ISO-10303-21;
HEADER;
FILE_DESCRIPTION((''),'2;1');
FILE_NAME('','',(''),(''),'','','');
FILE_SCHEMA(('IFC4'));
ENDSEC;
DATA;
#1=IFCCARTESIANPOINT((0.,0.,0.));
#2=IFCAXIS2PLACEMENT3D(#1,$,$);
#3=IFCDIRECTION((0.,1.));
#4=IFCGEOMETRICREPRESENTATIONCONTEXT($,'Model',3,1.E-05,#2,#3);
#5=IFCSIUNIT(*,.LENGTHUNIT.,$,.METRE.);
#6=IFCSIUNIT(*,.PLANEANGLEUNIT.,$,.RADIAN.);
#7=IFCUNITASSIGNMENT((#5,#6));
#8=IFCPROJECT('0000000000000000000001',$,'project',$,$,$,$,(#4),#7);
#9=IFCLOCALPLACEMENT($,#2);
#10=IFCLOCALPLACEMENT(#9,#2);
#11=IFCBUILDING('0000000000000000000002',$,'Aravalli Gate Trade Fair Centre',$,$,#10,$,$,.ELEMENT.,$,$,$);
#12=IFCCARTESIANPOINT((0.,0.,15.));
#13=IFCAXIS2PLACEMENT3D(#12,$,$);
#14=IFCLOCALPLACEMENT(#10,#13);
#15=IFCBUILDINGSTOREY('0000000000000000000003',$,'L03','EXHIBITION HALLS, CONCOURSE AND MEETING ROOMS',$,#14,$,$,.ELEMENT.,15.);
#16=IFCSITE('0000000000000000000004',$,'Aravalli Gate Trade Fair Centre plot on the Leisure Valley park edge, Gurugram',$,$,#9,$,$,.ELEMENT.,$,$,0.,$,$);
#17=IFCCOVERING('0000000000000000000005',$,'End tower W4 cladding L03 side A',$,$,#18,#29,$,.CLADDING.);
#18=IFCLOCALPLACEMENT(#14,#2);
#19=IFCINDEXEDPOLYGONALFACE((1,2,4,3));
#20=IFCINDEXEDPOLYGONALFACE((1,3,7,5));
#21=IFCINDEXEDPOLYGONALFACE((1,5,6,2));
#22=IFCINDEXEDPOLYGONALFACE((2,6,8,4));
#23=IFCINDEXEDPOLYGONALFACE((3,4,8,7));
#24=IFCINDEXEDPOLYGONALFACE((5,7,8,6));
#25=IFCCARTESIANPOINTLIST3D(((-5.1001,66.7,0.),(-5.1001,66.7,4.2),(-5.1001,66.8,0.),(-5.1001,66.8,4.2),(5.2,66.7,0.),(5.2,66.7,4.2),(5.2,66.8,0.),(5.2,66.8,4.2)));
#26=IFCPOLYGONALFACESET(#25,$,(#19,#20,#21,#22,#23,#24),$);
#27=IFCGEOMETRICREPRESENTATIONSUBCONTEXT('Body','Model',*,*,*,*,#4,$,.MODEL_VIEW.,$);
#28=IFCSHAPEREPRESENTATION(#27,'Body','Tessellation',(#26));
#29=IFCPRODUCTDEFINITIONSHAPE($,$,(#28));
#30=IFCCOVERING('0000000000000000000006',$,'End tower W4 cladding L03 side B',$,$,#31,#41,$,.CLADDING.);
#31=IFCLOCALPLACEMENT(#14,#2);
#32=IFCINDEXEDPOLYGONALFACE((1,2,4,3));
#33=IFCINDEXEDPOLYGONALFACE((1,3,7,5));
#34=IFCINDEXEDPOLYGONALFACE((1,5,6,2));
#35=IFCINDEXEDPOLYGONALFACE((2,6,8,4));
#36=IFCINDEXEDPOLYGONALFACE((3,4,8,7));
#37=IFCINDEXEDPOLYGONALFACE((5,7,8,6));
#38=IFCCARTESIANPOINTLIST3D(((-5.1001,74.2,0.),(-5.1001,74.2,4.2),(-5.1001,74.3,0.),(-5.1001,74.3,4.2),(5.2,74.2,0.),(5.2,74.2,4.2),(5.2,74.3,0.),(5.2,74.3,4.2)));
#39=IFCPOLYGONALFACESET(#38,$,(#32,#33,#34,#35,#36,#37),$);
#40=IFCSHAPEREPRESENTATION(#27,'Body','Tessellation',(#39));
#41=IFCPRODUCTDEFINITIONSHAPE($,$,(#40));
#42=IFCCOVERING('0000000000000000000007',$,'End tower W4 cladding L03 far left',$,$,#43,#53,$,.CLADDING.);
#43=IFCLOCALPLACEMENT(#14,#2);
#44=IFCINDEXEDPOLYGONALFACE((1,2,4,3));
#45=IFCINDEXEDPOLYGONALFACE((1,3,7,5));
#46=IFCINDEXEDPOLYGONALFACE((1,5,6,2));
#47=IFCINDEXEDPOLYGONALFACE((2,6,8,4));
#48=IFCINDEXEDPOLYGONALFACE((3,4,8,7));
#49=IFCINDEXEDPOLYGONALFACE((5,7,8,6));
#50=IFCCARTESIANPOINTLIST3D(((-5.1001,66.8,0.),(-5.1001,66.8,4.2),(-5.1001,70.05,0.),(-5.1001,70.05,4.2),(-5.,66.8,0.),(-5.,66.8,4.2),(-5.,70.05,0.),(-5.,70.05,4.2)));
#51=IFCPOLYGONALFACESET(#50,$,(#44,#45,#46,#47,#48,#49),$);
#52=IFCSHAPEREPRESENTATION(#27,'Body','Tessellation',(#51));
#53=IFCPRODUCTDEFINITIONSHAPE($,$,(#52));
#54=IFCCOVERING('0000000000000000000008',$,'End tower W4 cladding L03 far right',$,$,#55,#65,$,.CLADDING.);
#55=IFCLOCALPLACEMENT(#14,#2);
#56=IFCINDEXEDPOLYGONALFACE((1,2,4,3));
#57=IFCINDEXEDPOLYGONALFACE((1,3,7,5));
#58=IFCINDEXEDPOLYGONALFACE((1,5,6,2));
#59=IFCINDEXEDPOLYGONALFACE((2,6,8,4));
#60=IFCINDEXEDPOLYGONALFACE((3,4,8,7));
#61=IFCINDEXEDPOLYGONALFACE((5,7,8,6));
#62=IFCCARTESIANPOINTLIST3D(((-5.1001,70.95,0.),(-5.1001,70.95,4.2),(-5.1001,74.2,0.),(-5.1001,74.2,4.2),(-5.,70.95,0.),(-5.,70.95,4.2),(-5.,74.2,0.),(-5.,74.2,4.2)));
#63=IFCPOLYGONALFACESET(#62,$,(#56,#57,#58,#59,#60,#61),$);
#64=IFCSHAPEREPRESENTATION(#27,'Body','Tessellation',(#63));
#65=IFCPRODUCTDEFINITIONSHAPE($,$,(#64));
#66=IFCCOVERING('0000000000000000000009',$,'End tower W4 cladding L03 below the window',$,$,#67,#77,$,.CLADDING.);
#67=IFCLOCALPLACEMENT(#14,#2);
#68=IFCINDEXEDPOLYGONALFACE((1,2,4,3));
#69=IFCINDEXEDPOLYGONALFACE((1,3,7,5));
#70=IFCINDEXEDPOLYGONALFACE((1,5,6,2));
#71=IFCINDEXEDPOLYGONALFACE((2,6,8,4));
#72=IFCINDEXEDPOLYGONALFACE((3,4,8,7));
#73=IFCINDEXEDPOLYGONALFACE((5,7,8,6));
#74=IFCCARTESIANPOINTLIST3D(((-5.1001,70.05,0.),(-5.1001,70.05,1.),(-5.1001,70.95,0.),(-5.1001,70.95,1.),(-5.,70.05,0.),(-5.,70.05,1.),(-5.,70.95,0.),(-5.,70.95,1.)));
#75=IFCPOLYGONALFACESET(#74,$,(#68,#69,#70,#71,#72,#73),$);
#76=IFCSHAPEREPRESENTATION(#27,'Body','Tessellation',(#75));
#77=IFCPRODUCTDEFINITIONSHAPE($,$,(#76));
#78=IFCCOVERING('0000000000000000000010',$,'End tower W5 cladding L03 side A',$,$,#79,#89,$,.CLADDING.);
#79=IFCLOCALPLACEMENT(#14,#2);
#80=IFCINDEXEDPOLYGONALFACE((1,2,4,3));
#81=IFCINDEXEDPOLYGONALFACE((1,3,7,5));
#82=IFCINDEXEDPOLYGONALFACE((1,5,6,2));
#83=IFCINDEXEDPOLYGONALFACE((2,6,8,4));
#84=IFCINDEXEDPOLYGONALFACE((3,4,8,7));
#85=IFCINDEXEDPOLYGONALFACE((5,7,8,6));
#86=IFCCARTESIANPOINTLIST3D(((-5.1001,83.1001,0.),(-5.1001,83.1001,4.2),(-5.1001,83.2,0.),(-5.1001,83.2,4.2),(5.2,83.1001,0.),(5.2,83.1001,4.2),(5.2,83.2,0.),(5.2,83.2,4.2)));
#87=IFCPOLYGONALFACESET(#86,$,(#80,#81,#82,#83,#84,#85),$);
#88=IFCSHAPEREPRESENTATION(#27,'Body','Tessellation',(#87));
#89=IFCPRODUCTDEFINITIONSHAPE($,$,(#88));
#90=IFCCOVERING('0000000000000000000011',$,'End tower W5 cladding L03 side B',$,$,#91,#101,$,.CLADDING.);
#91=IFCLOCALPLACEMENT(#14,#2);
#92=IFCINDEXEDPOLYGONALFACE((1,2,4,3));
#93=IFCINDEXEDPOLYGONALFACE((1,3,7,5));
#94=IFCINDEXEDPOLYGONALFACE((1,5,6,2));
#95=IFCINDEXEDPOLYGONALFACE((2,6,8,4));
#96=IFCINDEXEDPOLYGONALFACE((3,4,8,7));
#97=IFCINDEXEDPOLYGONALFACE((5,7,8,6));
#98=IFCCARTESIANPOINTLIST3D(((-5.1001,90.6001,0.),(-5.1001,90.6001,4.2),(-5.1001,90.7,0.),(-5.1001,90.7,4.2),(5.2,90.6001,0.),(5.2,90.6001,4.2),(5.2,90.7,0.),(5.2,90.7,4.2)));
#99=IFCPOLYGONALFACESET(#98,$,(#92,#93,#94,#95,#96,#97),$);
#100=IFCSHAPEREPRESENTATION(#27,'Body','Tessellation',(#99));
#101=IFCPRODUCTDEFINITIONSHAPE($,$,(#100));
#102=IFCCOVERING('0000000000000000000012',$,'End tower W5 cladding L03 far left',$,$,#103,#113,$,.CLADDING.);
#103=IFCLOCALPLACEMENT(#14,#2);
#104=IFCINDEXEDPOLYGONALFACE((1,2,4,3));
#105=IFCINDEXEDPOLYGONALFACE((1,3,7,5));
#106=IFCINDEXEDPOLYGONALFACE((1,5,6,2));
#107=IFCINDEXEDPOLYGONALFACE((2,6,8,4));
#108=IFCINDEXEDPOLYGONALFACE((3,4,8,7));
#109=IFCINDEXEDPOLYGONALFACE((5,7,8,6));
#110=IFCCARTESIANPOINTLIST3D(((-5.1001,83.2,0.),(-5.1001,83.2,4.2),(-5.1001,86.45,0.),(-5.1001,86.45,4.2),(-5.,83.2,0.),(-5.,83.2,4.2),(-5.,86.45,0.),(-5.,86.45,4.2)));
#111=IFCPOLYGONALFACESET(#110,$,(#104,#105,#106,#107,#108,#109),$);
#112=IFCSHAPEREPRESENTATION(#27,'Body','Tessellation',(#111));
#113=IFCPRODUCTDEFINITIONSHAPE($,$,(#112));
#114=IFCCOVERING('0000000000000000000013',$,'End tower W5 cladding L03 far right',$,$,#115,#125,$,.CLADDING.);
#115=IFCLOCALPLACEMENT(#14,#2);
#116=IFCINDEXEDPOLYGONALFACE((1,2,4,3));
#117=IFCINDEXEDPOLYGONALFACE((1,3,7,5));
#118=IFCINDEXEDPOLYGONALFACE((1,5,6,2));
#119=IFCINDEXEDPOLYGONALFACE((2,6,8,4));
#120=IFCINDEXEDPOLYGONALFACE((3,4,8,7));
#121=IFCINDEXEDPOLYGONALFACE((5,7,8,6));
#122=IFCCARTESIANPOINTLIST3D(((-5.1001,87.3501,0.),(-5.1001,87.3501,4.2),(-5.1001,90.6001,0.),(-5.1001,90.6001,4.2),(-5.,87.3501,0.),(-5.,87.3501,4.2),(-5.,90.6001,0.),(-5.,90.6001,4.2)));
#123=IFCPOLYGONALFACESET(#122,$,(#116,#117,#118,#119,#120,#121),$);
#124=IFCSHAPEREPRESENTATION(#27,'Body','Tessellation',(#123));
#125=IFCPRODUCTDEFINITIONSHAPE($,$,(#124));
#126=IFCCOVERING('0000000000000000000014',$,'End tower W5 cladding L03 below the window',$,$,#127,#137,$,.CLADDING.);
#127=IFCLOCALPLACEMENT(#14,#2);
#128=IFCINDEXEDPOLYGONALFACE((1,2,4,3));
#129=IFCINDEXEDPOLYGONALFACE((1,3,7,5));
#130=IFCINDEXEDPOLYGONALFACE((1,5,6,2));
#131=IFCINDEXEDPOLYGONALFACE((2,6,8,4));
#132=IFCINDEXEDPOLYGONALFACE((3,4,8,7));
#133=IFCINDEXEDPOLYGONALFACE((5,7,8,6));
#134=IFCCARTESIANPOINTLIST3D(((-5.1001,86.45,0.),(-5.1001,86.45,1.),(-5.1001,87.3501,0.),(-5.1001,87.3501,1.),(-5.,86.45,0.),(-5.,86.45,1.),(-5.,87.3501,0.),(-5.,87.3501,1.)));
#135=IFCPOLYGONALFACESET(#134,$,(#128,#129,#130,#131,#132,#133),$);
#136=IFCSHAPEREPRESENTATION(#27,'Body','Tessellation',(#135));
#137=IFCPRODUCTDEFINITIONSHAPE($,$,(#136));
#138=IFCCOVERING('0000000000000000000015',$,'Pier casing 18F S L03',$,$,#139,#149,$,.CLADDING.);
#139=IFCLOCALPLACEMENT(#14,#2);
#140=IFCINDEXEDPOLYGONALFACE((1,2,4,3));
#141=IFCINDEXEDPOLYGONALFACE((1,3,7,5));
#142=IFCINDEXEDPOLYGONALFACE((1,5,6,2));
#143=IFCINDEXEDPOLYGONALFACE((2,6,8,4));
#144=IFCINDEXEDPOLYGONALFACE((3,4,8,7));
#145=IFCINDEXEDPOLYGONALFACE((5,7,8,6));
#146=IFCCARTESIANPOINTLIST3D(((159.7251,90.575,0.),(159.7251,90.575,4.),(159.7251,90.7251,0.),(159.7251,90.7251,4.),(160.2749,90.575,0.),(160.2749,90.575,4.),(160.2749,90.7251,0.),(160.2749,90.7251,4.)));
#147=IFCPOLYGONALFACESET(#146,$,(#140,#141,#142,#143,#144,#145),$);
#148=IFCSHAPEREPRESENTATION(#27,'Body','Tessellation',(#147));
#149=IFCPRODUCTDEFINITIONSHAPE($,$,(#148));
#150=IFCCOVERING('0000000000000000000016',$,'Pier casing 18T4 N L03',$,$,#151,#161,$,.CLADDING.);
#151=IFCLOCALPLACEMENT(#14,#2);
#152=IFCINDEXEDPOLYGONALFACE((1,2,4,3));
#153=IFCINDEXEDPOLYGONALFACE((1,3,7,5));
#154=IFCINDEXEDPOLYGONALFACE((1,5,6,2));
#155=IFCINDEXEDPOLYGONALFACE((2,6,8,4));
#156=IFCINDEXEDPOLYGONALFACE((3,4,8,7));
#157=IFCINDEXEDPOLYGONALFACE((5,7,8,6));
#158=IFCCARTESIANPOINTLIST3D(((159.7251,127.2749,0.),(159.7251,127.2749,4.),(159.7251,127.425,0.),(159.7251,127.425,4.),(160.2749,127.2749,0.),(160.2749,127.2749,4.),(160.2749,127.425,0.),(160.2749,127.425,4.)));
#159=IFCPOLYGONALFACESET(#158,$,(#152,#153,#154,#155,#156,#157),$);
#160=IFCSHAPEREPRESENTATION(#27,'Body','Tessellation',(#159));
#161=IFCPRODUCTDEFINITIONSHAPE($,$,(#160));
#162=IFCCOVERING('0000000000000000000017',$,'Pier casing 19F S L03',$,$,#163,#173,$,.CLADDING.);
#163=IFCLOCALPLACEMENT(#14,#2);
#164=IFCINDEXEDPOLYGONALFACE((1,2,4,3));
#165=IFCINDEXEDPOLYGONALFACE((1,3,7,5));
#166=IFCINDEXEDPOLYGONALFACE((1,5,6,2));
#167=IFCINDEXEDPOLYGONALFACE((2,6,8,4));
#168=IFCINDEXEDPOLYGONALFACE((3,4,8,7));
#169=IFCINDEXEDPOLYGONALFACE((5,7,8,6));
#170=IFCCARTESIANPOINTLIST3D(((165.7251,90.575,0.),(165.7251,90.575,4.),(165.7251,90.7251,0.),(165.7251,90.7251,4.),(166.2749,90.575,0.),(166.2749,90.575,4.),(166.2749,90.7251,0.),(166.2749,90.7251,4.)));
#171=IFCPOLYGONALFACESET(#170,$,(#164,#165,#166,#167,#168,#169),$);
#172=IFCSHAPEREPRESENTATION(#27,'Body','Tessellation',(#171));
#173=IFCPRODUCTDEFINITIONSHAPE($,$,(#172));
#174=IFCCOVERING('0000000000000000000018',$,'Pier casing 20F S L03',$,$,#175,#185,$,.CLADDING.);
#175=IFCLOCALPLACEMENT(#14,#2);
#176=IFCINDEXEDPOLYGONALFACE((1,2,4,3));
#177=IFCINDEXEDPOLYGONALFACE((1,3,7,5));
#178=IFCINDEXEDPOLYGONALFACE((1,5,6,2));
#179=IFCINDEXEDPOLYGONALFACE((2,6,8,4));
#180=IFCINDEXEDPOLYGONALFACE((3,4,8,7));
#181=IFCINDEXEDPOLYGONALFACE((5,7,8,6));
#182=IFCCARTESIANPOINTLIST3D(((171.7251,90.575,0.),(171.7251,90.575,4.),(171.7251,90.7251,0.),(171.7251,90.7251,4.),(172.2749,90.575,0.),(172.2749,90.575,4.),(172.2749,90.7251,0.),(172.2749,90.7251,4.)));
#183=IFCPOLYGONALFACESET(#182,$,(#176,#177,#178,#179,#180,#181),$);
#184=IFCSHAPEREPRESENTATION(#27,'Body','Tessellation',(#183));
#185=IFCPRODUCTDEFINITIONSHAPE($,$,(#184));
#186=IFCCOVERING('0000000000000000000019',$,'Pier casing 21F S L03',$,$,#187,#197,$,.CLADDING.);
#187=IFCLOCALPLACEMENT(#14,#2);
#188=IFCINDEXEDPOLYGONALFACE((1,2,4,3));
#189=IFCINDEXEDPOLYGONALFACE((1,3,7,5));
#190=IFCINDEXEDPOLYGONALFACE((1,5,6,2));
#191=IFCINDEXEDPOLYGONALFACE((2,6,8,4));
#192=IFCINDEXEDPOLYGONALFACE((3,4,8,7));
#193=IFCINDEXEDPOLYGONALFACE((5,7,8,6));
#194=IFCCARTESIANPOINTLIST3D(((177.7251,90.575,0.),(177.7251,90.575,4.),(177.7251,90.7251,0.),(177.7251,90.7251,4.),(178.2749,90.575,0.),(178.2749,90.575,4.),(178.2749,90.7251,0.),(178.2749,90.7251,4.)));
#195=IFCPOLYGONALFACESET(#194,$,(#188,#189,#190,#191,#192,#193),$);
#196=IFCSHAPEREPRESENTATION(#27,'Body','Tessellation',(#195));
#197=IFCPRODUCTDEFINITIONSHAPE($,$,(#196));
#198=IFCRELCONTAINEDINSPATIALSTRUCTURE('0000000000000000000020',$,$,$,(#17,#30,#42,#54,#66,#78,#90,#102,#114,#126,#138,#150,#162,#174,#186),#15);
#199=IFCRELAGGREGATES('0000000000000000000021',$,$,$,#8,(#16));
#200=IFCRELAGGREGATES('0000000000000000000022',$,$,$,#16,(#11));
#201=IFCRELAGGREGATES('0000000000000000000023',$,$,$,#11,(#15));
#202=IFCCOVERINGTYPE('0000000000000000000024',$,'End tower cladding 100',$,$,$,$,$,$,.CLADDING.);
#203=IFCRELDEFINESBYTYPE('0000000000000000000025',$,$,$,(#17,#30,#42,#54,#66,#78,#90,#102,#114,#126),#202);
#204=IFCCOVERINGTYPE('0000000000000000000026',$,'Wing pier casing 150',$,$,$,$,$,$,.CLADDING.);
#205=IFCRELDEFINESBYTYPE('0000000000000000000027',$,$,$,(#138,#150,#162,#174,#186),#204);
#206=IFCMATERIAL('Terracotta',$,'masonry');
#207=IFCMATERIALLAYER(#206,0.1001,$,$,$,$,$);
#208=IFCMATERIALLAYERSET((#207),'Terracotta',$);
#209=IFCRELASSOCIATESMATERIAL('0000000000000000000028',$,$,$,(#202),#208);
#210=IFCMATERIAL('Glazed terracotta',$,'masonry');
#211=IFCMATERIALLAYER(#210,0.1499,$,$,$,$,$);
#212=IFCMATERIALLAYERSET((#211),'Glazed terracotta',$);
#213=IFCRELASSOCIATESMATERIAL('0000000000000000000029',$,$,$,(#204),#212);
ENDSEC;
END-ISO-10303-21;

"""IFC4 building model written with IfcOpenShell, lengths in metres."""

from ifc_helpers import new_model, si_unit, direction, frame, origin, place, context, subcontext, project, spatial, polyline, outline, extrude, material, layer, layer_set, type_object, element, save


model = new_model("IFC4")

# Units and contexts
model_context = context("Model", 3, precision=1e-05, world=origin(), true_north=direction((0.0, 1.0)))
body_context = subcontext(model_context, "Body", "Model", "MODEL_VIEW")
ifc_project = project(units=[si_unit("LENGTHUNIT", "METRE"), si_unit("PLANEANGLEUNIT", "RADIAN")], contexts=[model_context])

# Site, building, storey
site_placement = place(None, origin())
site = spatial("IfcSite", under=ifc_project, at=site_placement, Name="Aravalli Gate Trade Fair Centre plot on the Leisure Valley park edge, Gurugram", CompositionType="ELEMENT", RefElevation=0.0)
building_placement = place(site_placement, origin())
building = spatial("IfcBuilding", under=site, at=building_placement, Name="Aravalli Gate Trade Fair Centre", CompositionType="ELEMENT")
storey_placement = place(building_placement, frame((0.0, 0.0, 15.0)))
storey = spatial("IfcBuildingStorey", under=building, at=storey_placement, Name="L03", Description="EXHIBITION HALLS, CONCOURSE AND MEETING ROOMS", CompositionType="ELEMENT", Elevation=15.0)

# Coverings
ifc_material_1 = material(Name="Terracotta", Category="masonry")
ifc_layer_1 = layer(ifc_material_1, 0.1001)
ifc_layer_set_1 = layer_set([ifc_layer_1], Name="Terracotta")
covering_type_1 = type_object("IfcCoveringType", Name="End tower cladding 100", PredefinedType="CLADDING", material=ifc_layer_set_1)
covering_1_placement = place(storey_placement, origin())
element("IfcCovering", 1, at=covering_1_placement, inside=storey, type_object=covering_type_1, Name="End tower W4 cladding L03 side A", PredefinedType="CLADDING", context=body_context, shape_type="SweptSolid", body=[
    extrude(outline(polyline([(5.2, 66.7), (-5.1001, 66.7), (-5.1001, 66.8), (5.2, 66.8), (5.2, 66.7)])), origin(), (0.0, 0.0, 1.0), 4.2),
])
covering_2_placement = place(storey_placement, origin())
element("IfcCovering", 2, at=covering_2_placement, inside=storey, type_object=covering_type_1, Name="End tower W4 cladding L03 side B", PredefinedType="CLADDING", context=body_context, shape_type="SweptSolid", body=[
    extrude(outline(polyline([(5.2, 74.2), (-5.1001, 74.2), (-5.1001, 74.3), (5.2, 74.3), (5.2, 74.2)])), origin(), (0.0, 0.0, 1.0), 4.2),
])
covering_3_placement = place(storey_placement, origin())
element("IfcCovering", 3, at=covering_3_placement, inside=storey, type_object=covering_type_1, Name="End tower W4 cladding L03 far left", PredefinedType="CLADDING", context=body_context, shape_type="SweptSolid", body=[
    extrude(outline(polyline([(-5.0, 66.8), (-5.1001, 66.8), (-5.1001, 70.05), (-5.0, 70.05), (-5.0, 66.8)])), origin(), (0.0, 0.0, 1.0), 4.2),
])
covering_4_placement = place(storey_placement, origin())
element("IfcCovering", 4, at=covering_4_placement, inside=storey, type_object=covering_type_1, Name="End tower W4 cladding L03 far right", PredefinedType="CLADDING", context=body_context, shape_type="SweptSolid", body=[
    extrude(outline(polyline([(-5.0, 70.95), (-5.1001, 70.95), (-5.1001, 74.2), (-5.0, 74.2), (-5.0, 70.95)])), origin(), (0.0, 0.0, 1.0), 4.2),
])
covering_5_placement = place(storey_placement, origin())
element("IfcCovering", 5, at=covering_5_placement, inside=storey, type_object=covering_type_1, Name="End tower W4 cladding L03 below the window", PredefinedType="CLADDING", context=body_context, shape_type="SweptSolid", body=[
    extrude(outline(polyline([(-5.0, 70.05), (-5.1001, 70.05), (-5.1001, 70.95), (-5.0, 70.95), (-5.0, 70.05)])), origin(), (0.0, 0.0, 1.0), 1.0),
])
covering_6_placement = place(storey_placement, origin())
element("IfcCovering", 6, at=covering_6_placement, inside=storey, type_object=covering_type_1, Name="End tower W5 cladding L03 side A", PredefinedType="CLADDING", context=body_context, shape_type="SweptSolid", body=[
    extrude(outline(polyline([(5.2, 83.1001), (-5.1001, 83.1001), (-5.1001, 83.2), (5.2, 83.2), (5.2, 83.1001)])), origin(), (0.0, 0.0, 1.0), 4.2),
])
covering_7_placement = place(storey_placement, origin())
element("IfcCovering", 7, at=covering_7_placement, inside=storey, type_object=covering_type_1, Name="End tower W5 cladding L03 side B", PredefinedType="CLADDING", context=body_context, shape_type="SweptSolid", body=[
    extrude(outline(polyline([(5.2, 90.6001), (-5.1001, 90.6001), (-5.1001, 90.7), (5.2, 90.7), (5.2, 90.6001)])), origin(), (0.0, 0.0, 1.0), 4.2),
])
covering_8_placement = place(storey_placement, origin())
element("IfcCovering", 8, at=covering_8_placement, inside=storey, type_object=covering_type_1, Name="End tower W5 cladding L03 far left", PredefinedType="CLADDING", context=body_context, shape_type="SweptSolid", body=[
    extrude(outline(polyline([(-5.0, 83.2), (-5.1001, 83.2), (-5.1001, 86.45), (-5.0, 86.45), (-5.0, 83.2)])), origin(), (0.0, 0.0, 1.0), 4.2),
])
covering_9_placement = place(storey_placement, origin())
element("IfcCovering", 9, at=covering_9_placement, inside=storey, type_object=covering_type_1, Name="End tower W5 cladding L03 far right", PredefinedType="CLADDING", context=body_context, shape_type="SweptSolid", body=[
    extrude(outline(polyline([(-5.0, 87.3501), (-5.1001, 87.3501), (-5.1001, 90.6001), (-5.0, 90.6001), (-5.0, 87.3501)])), origin(), (0.0, 0.0, 1.0), 4.2),
])
covering_10_placement = place(storey_placement, origin())
element("IfcCovering", 10, at=covering_10_placement, inside=storey, type_object=covering_type_1, Name="End tower W5 cladding L03 below the window", PredefinedType="CLADDING", context=body_context, shape_type="SweptSolid", body=[
    extrude(outline(polyline([(-5.0, 86.45), (-5.1001, 86.45), (-5.1001, 87.3501), (-5.0, 87.3501), (-5.0, 86.45)])), origin(), (0.0, 0.0, 1.0), 1.0),
])
ifc_material_2 = material(Name="Glazed terracotta", Category="masonry")
ifc_layer_2 = layer(ifc_material_2, 0.1499)
ifc_layer_set_2 = layer_set([ifc_layer_2], Name="Glazed terracotta")
covering_type_2 = type_object("IfcCoveringType", Name="Wing pier casing 150", PredefinedType="CLADDING", material=ifc_layer_set_2)
covering_11_placement = place(storey_placement, origin())
element("IfcCovering", 11, at=covering_11_placement, inside=storey, type_object=covering_type_2, Name="Pier casing 18F S L03", PredefinedType="CLADDING", context=body_context, shape_type="SweptSolid", body=[
    extrude(outline(polyline([(159.7251, 90.575), (160.2749, 90.575), (160.2749, 90.7251), (159.7251, 90.7251), (159.7251, 90.575)])), origin(), (0.0, 0.0, 1.0), 4.0),
])
covering_12_placement = place(storey_placement, origin())
element("IfcCovering", 12, at=covering_12_placement, inside=storey, type_object=covering_type_2, Name="Pier casing 18T4 N L03", PredefinedType="CLADDING", context=body_context, shape_type="SweptSolid", body=[
    extrude(outline(polyline([(159.7251, 127.2749), (160.2749, 127.2749), (160.2749, 127.425), (159.7251, 127.425), (159.7251, 127.2749)])), origin(), (0.0, 0.0, 1.0), 4.0),
])
covering_13_placement = place(storey_placement, origin())
element("IfcCovering", 13, at=covering_13_placement, inside=storey, type_object=covering_type_2, Name="Pier casing 19F S L03", PredefinedType="CLADDING", context=body_context, shape_type="SweptSolid", body=[
    extrude(outline(polyline([(165.7251, 90.575), (166.2749, 90.575), (166.2749, 90.7251), (165.7251, 90.7251), (165.7251, 90.575)])), origin(), (0.0, 0.0, 1.0), 4.0),
])
covering_14_placement = place(storey_placement, origin())
element("IfcCovering", 14, at=covering_14_placement, inside=storey, type_object=covering_type_2, Name="Pier casing 20F S L03", PredefinedType="CLADDING", context=body_context, shape_type="SweptSolid", body=[
    extrude(outline(polyline([(171.7251, 90.575), (172.2749, 90.575), (172.2749, 90.7251), (171.7251, 90.7251), (171.7251, 90.575)])), origin(), (0.0, 0.0, 1.0), 4.0),
])
covering_15_placement = place(storey_placement, origin())
element("IfcCovering", 15, at=covering_15_placement, inside=storey, type_object=covering_type_2, Name="Pier casing 21F S L03", PredefinedType="CLADDING", context=body_context, shape_type="SweptSolid", body=[
    extrude(outline(polyline([(177.7251, 90.575), (178.2749, 90.575), (178.2749, 90.7251), (177.7251, 90.7251), (177.7251, 90.575)])), origin(), (0.0, 0.0, 1.0), 4.0),
])

save(model, "model.ifc")
